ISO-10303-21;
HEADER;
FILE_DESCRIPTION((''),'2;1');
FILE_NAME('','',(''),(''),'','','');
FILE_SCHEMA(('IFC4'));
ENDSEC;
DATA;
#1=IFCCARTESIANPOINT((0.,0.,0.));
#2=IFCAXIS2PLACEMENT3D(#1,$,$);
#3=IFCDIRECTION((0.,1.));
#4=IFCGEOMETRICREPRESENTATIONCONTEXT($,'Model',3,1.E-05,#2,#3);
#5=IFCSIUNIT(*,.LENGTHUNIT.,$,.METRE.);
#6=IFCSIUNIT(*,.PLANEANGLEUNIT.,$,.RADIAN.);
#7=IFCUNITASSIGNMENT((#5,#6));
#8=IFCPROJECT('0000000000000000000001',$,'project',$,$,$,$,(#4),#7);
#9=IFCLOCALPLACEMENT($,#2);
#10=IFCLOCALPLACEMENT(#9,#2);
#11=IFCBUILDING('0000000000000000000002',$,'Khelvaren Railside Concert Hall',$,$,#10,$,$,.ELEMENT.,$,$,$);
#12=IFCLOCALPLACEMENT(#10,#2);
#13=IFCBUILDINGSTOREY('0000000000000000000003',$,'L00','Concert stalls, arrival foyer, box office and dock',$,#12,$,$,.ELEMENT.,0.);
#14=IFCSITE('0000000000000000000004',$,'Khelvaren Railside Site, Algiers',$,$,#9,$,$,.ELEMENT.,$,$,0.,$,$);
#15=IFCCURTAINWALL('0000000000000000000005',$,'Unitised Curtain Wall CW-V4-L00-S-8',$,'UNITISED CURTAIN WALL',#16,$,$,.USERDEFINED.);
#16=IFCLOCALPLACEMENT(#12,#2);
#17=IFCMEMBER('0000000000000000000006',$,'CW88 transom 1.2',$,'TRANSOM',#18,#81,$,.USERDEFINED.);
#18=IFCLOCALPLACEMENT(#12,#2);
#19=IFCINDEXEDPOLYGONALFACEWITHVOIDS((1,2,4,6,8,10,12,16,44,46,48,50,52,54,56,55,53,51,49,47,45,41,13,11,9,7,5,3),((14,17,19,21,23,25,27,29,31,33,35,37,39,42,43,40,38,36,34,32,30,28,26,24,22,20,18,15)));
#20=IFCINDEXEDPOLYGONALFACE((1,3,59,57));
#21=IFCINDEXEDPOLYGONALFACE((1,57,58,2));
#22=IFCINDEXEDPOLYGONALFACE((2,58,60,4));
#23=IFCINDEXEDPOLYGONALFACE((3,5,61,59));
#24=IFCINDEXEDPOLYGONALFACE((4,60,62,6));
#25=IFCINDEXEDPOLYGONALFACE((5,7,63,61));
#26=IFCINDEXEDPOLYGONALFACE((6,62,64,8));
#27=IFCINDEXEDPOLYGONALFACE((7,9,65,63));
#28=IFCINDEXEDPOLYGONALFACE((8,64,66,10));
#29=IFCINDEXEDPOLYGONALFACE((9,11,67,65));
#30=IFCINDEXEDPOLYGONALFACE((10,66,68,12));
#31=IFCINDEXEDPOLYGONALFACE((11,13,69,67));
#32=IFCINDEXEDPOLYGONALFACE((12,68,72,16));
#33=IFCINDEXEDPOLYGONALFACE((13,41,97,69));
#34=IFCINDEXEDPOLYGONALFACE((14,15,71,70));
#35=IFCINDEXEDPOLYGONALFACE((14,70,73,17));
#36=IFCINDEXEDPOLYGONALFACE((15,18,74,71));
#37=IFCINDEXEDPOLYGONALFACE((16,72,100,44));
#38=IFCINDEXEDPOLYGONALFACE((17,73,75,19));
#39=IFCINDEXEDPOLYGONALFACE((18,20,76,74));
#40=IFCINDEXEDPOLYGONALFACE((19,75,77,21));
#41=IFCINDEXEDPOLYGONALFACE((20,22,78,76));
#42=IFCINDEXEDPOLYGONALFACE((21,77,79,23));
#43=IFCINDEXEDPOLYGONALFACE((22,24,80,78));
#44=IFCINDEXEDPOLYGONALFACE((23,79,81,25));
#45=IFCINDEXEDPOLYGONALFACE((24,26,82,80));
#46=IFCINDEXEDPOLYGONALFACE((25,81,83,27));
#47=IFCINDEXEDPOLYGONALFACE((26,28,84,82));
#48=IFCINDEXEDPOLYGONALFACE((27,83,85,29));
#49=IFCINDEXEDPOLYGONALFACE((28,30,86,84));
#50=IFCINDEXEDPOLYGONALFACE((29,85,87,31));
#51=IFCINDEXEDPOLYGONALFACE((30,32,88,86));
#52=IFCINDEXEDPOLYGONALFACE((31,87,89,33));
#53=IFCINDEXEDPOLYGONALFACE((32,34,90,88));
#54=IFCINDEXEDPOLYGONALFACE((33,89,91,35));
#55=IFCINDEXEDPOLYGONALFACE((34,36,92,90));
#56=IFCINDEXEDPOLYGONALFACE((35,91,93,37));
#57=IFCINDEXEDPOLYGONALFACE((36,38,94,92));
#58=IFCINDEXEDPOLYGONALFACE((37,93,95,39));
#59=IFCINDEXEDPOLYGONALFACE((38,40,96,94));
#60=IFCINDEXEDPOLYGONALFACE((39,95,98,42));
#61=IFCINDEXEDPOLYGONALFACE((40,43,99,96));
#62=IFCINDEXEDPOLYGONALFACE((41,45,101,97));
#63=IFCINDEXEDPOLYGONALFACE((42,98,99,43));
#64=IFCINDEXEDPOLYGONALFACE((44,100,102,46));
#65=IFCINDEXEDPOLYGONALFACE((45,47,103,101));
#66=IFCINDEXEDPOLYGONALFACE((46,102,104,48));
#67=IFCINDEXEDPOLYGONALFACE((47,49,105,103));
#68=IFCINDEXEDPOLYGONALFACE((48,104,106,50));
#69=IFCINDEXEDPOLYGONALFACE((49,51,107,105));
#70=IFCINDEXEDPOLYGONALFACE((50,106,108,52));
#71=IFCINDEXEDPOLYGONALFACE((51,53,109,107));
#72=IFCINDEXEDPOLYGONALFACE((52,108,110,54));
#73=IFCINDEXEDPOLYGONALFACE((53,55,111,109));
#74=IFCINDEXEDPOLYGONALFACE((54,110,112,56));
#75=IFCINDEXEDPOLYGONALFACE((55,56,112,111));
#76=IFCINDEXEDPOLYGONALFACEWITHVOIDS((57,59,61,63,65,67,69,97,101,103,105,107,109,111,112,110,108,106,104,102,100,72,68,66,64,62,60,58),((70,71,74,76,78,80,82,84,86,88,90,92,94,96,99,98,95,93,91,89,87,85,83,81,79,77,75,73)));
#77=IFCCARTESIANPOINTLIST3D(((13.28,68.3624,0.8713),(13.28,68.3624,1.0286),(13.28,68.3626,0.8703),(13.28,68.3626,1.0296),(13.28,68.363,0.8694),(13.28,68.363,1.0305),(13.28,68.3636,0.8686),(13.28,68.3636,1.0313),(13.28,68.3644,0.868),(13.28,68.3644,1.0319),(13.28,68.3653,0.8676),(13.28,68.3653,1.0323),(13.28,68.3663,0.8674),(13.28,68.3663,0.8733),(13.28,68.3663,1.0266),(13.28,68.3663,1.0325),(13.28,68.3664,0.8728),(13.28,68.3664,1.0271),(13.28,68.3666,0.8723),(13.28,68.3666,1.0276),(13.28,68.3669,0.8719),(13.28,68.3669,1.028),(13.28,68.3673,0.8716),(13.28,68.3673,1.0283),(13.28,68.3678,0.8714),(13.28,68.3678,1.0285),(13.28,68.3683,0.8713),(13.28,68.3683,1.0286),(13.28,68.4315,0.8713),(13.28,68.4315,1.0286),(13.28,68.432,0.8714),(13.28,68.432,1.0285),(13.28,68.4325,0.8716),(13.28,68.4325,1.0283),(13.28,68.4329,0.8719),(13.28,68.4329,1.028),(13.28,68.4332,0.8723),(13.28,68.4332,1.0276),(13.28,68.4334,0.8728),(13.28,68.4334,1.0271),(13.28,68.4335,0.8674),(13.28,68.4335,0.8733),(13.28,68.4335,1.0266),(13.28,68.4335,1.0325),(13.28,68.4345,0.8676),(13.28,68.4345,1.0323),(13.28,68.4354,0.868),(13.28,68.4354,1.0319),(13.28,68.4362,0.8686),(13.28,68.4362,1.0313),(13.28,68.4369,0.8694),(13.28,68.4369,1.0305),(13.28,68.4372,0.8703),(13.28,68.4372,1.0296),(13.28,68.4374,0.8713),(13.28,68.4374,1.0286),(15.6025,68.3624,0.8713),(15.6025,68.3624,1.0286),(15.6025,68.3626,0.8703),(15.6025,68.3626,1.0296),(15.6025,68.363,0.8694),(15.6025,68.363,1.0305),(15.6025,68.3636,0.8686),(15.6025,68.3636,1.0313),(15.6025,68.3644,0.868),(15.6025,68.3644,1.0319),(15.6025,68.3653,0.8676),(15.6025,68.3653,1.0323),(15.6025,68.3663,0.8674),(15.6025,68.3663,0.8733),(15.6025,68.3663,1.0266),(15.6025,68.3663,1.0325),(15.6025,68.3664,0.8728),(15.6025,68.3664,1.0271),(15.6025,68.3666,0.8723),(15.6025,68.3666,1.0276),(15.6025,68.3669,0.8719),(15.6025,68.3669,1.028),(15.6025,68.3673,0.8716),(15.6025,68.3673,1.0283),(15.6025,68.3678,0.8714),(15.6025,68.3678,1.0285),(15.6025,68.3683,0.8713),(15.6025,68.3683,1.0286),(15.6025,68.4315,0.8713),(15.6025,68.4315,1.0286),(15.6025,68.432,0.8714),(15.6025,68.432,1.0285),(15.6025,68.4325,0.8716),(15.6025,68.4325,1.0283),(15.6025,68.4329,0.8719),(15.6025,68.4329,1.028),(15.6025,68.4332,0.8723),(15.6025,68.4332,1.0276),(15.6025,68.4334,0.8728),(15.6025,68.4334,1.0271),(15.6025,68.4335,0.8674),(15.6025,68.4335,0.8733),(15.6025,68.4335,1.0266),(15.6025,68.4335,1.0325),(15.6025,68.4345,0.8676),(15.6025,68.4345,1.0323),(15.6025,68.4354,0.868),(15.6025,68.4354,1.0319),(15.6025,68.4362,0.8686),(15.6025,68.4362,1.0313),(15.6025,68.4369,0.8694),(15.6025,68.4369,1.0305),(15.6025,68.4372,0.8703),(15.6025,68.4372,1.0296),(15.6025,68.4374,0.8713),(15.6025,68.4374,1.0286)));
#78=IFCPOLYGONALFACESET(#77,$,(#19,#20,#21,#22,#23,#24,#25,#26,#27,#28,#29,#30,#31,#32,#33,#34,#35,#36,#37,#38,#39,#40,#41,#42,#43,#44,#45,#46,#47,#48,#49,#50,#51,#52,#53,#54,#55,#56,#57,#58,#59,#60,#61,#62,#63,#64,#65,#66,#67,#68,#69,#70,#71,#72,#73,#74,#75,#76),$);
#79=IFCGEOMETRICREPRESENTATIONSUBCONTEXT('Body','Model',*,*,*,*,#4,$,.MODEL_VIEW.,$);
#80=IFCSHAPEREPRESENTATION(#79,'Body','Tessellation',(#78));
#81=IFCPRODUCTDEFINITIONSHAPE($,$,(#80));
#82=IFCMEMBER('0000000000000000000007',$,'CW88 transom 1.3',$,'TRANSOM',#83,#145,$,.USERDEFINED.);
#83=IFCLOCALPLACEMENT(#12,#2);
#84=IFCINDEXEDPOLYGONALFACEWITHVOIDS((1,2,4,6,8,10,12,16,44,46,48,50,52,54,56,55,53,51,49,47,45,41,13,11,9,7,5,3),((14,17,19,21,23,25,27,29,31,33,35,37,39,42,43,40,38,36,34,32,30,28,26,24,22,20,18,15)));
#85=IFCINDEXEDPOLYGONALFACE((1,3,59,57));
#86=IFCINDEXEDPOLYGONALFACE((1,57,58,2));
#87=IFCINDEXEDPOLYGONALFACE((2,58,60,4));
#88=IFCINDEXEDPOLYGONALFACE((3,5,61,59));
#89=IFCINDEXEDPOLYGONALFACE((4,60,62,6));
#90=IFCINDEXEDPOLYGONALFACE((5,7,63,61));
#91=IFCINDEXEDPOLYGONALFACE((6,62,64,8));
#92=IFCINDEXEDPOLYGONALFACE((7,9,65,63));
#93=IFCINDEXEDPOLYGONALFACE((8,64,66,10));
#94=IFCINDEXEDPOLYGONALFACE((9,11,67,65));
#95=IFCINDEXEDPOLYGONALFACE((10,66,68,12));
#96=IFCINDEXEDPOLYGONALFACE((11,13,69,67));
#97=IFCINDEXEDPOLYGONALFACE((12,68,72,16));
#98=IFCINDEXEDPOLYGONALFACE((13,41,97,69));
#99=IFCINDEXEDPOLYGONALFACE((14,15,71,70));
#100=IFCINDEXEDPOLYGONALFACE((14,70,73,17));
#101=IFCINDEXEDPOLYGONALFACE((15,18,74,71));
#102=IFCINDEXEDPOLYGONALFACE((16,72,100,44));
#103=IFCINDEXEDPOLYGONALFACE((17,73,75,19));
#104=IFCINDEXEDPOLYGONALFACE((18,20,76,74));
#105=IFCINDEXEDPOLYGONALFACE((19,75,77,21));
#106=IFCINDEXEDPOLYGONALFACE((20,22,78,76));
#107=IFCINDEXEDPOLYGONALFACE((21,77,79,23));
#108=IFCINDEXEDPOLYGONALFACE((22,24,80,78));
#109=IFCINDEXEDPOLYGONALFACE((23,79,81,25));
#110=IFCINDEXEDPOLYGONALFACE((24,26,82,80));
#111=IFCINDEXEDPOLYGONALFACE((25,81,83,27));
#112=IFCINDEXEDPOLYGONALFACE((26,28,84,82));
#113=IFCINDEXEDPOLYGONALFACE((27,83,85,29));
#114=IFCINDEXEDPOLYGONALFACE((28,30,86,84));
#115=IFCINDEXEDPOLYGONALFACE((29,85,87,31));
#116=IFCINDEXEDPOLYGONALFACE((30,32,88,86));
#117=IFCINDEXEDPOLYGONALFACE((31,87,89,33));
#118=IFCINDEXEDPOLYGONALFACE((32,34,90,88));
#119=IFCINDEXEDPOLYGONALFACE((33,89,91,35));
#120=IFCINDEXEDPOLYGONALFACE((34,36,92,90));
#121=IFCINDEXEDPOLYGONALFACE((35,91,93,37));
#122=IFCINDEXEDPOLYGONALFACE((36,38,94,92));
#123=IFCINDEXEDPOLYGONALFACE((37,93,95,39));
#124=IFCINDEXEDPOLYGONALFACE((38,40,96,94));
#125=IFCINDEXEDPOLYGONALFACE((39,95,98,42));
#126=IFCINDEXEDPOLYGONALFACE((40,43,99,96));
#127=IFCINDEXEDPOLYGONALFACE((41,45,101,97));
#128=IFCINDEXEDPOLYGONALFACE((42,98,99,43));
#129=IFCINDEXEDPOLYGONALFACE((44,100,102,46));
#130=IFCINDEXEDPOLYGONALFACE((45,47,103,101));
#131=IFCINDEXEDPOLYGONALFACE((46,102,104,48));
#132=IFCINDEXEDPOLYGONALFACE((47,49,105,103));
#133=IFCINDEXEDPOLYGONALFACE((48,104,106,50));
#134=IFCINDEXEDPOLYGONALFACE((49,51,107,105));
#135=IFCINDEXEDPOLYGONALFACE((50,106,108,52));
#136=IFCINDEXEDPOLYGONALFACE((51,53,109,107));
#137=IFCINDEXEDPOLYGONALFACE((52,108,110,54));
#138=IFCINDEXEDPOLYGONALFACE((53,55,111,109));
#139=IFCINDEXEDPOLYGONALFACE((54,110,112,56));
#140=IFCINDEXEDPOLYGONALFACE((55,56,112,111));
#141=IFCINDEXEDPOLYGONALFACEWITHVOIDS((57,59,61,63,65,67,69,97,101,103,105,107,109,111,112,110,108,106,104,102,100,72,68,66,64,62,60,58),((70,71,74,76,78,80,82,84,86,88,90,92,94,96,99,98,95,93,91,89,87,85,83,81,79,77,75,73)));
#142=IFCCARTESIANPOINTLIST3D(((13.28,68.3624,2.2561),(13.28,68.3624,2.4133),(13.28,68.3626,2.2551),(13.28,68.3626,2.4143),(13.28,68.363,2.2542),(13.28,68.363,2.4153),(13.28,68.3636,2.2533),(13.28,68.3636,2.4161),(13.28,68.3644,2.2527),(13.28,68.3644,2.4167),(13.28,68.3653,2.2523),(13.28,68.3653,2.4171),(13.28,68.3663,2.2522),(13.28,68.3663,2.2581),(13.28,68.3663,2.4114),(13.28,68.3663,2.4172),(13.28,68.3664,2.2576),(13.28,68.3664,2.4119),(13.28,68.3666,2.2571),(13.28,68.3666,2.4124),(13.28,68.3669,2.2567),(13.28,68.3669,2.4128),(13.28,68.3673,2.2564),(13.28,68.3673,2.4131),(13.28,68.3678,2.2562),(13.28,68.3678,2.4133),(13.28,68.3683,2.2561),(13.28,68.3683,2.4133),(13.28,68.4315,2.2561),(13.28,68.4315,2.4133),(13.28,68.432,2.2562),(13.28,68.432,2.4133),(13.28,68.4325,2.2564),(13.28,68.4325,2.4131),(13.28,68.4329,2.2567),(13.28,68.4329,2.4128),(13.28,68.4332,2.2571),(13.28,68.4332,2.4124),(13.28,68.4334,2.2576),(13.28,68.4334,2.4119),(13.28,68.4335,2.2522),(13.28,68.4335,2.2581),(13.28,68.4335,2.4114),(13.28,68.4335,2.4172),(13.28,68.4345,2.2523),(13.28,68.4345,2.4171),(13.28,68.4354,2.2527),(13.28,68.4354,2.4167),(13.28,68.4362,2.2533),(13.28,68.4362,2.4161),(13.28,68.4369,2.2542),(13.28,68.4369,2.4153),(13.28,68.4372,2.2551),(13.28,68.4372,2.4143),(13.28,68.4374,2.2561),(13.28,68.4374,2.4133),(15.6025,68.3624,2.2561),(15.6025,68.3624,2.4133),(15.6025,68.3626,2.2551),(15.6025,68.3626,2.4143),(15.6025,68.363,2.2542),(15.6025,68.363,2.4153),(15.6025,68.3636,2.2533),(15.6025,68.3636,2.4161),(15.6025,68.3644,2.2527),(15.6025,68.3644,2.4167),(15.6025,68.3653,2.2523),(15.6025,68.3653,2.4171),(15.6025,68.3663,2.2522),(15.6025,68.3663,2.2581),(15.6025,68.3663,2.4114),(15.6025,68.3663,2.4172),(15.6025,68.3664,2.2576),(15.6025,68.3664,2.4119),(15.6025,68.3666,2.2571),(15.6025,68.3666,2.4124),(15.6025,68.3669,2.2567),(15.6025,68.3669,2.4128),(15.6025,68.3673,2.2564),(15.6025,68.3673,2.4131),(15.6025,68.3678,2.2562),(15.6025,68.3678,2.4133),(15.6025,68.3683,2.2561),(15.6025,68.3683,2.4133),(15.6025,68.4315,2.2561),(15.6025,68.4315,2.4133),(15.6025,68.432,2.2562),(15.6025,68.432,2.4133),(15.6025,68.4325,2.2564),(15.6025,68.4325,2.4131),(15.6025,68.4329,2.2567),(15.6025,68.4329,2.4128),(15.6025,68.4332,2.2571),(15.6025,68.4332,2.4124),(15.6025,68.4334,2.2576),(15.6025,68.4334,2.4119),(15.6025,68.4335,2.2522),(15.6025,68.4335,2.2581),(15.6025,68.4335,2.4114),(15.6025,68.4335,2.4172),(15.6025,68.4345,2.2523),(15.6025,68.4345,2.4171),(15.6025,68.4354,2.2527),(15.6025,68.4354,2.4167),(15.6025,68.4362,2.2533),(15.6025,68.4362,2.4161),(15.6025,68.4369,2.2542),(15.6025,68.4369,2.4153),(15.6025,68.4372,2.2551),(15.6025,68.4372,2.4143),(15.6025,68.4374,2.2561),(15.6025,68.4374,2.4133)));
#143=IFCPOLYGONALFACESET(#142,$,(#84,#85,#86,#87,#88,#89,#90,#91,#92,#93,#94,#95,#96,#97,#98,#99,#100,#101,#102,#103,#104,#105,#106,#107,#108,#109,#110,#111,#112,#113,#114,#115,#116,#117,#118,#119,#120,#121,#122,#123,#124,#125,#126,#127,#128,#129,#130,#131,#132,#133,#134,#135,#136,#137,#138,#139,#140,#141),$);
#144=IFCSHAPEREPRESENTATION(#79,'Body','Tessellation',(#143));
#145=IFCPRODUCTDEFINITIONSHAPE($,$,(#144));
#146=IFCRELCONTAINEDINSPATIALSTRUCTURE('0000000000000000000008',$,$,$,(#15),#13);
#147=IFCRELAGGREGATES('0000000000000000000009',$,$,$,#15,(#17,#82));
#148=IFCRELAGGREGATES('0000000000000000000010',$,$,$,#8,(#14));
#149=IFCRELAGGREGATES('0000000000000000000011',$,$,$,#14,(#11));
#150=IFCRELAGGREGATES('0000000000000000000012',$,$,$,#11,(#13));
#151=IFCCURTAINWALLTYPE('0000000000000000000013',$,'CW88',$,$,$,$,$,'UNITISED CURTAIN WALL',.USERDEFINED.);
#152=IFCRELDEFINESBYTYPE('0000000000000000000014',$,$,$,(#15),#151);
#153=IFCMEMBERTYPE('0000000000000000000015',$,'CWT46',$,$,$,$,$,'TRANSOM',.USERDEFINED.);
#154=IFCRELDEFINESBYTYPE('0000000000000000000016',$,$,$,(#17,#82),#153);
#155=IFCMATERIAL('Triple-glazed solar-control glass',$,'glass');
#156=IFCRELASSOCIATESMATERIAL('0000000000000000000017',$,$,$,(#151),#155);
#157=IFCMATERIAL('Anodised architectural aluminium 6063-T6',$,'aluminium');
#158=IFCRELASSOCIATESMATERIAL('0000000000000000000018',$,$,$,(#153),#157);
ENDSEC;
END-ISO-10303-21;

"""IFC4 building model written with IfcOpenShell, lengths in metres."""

from ifc_helpers import new_model, si_unit, direction, frame, origin, origin_2d, place, context, subcontext, project, spatial, hollow_rectangle, extrude, material, material_profile, profile_set, type_object, element, aggregate, save


model = new_model("IFC4")

# Units and contexts
model_context = context("Model", 3, precision=1e-05, world=origin(), true_north=direction((0.0, 1.0)))
body_context = subcontext(model_context, "Body", "Model", "MODEL_VIEW")
ifc_project = project(units=[si_unit("LENGTHUNIT", "METRE"), si_unit("PLANEANGLEUNIT", "RADIAN")], contexts=[model_context])

# Site, building, storey
site_placement = place(None, origin())
site = spatial("IfcSite", under=ifc_project, at=site_placement, Name="Khelvaren Railside Site, Algiers", CompositionType="ELEMENT", RefElevation=0.0)
building_placement = place(site_placement, origin())
building = spatial("IfcBuilding", under=site, at=building_placement, Name="Khelvaren Railside Concert Hall", CompositionType="ELEMENT")
storey_placement = place(building_placement, origin())
storey = spatial("IfcBuildingStorey", under=building, at=storey_placement, Name="L00", Description="Concert stalls, arrival foyer, box office and dock", CompositionType="ELEMENT", Elevation=0.0)

# Curtain wall, members
ifc_material_1 = material(Name="Triple-glazed solar-control glass", Category="glass")
curtain_wall_type = type_object("IfcCurtainWallType", Name="CW88", ElementType="UNITISED CURTAIN WALL", PredefinedType="USERDEFINED", material=ifc_material_1)
curtain_wall_placement = place(storey_placement, origin())
curtain_wall = element("IfcCurtainWall", 1, at=curtain_wall_placement, inside=storey, type_object=curtain_wall_type, Name="Unitised Curtain Wall CW-V4-L00-S-8", ObjectType="UNITISED CURTAIN WALL", PredefinedType="USERDEFINED")
ifc_material_2 = material(Name="Anodised architectural aluminium 6063-T6", Category="aluminium")
ifc_material_profile_1 = material_profile(ifc_material_2, hollow_rectangle(XDim=0.075, YDim=0.165, WallThickness=0.0039, InnerFilletRadius=0.002, OuterFilletRadius=0.0039, at=origin_2d()), Name="CWT 75x165x4")
ifc_profile_set_1 = profile_set([ifc_material_profile_1], Name="Anodised architectural aluminium 6063-T6")
member_type_1 = type_object("IfcMemberType", Name="CWT46", ElementType="TRANSOM", PredefinedType="USERDEFINED", material=ifc_profile_set_1)
member_1_placement = place(storey_placement, frame((15.6025, 68.3999, 0.95), z_axis=(-1.0, 0.0, 0.0), x_axis=(0.0, -1.0, 0.0)))
member_1 = element("IfcMember", 2, at=member_1_placement, type_object=member_type_1, Name="CW88 transom 1.2", ObjectType="TRANSOM", PredefinedType="USERDEFINED", context=body_context, shape_type="SweptSolid", body=[
    extrude(hollow_rectangle(XDim=0.075, YDim=0.165, WallThickness=0.0039, InnerFilletRadius=0.002, OuterFilletRadius=0.0039, at=origin_2d()), origin(), (0.0, 0.0, 1.0), 2.3225),
])
member_2_placement = place(storey_placement, frame((15.6025, 68.3999, 2.3347), z_axis=(-1.0, 0.0, 0.0), x_axis=(0.0, -1.0, 0.0)))
member_2 = element("IfcMember", 3, at=member_2_placement, type_object=member_type_1, Name="CW88 transom 1.3", ObjectType="TRANSOM", PredefinedType="USERDEFINED", context=body_context, shape_type="SweptSolid", body=[
    extrude(hollow_rectangle(XDim=0.075, YDim=0.165, WallThickness=0.0039, InnerFilletRadius=0.002, OuterFilletRadius=0.0039, at=origin_2d()), origin(), (0.0, 0.0, 1.0), 2.3225),
])

aggregate(curtain_wall, [member_1, member_2])

save(model, "model.ifc")
